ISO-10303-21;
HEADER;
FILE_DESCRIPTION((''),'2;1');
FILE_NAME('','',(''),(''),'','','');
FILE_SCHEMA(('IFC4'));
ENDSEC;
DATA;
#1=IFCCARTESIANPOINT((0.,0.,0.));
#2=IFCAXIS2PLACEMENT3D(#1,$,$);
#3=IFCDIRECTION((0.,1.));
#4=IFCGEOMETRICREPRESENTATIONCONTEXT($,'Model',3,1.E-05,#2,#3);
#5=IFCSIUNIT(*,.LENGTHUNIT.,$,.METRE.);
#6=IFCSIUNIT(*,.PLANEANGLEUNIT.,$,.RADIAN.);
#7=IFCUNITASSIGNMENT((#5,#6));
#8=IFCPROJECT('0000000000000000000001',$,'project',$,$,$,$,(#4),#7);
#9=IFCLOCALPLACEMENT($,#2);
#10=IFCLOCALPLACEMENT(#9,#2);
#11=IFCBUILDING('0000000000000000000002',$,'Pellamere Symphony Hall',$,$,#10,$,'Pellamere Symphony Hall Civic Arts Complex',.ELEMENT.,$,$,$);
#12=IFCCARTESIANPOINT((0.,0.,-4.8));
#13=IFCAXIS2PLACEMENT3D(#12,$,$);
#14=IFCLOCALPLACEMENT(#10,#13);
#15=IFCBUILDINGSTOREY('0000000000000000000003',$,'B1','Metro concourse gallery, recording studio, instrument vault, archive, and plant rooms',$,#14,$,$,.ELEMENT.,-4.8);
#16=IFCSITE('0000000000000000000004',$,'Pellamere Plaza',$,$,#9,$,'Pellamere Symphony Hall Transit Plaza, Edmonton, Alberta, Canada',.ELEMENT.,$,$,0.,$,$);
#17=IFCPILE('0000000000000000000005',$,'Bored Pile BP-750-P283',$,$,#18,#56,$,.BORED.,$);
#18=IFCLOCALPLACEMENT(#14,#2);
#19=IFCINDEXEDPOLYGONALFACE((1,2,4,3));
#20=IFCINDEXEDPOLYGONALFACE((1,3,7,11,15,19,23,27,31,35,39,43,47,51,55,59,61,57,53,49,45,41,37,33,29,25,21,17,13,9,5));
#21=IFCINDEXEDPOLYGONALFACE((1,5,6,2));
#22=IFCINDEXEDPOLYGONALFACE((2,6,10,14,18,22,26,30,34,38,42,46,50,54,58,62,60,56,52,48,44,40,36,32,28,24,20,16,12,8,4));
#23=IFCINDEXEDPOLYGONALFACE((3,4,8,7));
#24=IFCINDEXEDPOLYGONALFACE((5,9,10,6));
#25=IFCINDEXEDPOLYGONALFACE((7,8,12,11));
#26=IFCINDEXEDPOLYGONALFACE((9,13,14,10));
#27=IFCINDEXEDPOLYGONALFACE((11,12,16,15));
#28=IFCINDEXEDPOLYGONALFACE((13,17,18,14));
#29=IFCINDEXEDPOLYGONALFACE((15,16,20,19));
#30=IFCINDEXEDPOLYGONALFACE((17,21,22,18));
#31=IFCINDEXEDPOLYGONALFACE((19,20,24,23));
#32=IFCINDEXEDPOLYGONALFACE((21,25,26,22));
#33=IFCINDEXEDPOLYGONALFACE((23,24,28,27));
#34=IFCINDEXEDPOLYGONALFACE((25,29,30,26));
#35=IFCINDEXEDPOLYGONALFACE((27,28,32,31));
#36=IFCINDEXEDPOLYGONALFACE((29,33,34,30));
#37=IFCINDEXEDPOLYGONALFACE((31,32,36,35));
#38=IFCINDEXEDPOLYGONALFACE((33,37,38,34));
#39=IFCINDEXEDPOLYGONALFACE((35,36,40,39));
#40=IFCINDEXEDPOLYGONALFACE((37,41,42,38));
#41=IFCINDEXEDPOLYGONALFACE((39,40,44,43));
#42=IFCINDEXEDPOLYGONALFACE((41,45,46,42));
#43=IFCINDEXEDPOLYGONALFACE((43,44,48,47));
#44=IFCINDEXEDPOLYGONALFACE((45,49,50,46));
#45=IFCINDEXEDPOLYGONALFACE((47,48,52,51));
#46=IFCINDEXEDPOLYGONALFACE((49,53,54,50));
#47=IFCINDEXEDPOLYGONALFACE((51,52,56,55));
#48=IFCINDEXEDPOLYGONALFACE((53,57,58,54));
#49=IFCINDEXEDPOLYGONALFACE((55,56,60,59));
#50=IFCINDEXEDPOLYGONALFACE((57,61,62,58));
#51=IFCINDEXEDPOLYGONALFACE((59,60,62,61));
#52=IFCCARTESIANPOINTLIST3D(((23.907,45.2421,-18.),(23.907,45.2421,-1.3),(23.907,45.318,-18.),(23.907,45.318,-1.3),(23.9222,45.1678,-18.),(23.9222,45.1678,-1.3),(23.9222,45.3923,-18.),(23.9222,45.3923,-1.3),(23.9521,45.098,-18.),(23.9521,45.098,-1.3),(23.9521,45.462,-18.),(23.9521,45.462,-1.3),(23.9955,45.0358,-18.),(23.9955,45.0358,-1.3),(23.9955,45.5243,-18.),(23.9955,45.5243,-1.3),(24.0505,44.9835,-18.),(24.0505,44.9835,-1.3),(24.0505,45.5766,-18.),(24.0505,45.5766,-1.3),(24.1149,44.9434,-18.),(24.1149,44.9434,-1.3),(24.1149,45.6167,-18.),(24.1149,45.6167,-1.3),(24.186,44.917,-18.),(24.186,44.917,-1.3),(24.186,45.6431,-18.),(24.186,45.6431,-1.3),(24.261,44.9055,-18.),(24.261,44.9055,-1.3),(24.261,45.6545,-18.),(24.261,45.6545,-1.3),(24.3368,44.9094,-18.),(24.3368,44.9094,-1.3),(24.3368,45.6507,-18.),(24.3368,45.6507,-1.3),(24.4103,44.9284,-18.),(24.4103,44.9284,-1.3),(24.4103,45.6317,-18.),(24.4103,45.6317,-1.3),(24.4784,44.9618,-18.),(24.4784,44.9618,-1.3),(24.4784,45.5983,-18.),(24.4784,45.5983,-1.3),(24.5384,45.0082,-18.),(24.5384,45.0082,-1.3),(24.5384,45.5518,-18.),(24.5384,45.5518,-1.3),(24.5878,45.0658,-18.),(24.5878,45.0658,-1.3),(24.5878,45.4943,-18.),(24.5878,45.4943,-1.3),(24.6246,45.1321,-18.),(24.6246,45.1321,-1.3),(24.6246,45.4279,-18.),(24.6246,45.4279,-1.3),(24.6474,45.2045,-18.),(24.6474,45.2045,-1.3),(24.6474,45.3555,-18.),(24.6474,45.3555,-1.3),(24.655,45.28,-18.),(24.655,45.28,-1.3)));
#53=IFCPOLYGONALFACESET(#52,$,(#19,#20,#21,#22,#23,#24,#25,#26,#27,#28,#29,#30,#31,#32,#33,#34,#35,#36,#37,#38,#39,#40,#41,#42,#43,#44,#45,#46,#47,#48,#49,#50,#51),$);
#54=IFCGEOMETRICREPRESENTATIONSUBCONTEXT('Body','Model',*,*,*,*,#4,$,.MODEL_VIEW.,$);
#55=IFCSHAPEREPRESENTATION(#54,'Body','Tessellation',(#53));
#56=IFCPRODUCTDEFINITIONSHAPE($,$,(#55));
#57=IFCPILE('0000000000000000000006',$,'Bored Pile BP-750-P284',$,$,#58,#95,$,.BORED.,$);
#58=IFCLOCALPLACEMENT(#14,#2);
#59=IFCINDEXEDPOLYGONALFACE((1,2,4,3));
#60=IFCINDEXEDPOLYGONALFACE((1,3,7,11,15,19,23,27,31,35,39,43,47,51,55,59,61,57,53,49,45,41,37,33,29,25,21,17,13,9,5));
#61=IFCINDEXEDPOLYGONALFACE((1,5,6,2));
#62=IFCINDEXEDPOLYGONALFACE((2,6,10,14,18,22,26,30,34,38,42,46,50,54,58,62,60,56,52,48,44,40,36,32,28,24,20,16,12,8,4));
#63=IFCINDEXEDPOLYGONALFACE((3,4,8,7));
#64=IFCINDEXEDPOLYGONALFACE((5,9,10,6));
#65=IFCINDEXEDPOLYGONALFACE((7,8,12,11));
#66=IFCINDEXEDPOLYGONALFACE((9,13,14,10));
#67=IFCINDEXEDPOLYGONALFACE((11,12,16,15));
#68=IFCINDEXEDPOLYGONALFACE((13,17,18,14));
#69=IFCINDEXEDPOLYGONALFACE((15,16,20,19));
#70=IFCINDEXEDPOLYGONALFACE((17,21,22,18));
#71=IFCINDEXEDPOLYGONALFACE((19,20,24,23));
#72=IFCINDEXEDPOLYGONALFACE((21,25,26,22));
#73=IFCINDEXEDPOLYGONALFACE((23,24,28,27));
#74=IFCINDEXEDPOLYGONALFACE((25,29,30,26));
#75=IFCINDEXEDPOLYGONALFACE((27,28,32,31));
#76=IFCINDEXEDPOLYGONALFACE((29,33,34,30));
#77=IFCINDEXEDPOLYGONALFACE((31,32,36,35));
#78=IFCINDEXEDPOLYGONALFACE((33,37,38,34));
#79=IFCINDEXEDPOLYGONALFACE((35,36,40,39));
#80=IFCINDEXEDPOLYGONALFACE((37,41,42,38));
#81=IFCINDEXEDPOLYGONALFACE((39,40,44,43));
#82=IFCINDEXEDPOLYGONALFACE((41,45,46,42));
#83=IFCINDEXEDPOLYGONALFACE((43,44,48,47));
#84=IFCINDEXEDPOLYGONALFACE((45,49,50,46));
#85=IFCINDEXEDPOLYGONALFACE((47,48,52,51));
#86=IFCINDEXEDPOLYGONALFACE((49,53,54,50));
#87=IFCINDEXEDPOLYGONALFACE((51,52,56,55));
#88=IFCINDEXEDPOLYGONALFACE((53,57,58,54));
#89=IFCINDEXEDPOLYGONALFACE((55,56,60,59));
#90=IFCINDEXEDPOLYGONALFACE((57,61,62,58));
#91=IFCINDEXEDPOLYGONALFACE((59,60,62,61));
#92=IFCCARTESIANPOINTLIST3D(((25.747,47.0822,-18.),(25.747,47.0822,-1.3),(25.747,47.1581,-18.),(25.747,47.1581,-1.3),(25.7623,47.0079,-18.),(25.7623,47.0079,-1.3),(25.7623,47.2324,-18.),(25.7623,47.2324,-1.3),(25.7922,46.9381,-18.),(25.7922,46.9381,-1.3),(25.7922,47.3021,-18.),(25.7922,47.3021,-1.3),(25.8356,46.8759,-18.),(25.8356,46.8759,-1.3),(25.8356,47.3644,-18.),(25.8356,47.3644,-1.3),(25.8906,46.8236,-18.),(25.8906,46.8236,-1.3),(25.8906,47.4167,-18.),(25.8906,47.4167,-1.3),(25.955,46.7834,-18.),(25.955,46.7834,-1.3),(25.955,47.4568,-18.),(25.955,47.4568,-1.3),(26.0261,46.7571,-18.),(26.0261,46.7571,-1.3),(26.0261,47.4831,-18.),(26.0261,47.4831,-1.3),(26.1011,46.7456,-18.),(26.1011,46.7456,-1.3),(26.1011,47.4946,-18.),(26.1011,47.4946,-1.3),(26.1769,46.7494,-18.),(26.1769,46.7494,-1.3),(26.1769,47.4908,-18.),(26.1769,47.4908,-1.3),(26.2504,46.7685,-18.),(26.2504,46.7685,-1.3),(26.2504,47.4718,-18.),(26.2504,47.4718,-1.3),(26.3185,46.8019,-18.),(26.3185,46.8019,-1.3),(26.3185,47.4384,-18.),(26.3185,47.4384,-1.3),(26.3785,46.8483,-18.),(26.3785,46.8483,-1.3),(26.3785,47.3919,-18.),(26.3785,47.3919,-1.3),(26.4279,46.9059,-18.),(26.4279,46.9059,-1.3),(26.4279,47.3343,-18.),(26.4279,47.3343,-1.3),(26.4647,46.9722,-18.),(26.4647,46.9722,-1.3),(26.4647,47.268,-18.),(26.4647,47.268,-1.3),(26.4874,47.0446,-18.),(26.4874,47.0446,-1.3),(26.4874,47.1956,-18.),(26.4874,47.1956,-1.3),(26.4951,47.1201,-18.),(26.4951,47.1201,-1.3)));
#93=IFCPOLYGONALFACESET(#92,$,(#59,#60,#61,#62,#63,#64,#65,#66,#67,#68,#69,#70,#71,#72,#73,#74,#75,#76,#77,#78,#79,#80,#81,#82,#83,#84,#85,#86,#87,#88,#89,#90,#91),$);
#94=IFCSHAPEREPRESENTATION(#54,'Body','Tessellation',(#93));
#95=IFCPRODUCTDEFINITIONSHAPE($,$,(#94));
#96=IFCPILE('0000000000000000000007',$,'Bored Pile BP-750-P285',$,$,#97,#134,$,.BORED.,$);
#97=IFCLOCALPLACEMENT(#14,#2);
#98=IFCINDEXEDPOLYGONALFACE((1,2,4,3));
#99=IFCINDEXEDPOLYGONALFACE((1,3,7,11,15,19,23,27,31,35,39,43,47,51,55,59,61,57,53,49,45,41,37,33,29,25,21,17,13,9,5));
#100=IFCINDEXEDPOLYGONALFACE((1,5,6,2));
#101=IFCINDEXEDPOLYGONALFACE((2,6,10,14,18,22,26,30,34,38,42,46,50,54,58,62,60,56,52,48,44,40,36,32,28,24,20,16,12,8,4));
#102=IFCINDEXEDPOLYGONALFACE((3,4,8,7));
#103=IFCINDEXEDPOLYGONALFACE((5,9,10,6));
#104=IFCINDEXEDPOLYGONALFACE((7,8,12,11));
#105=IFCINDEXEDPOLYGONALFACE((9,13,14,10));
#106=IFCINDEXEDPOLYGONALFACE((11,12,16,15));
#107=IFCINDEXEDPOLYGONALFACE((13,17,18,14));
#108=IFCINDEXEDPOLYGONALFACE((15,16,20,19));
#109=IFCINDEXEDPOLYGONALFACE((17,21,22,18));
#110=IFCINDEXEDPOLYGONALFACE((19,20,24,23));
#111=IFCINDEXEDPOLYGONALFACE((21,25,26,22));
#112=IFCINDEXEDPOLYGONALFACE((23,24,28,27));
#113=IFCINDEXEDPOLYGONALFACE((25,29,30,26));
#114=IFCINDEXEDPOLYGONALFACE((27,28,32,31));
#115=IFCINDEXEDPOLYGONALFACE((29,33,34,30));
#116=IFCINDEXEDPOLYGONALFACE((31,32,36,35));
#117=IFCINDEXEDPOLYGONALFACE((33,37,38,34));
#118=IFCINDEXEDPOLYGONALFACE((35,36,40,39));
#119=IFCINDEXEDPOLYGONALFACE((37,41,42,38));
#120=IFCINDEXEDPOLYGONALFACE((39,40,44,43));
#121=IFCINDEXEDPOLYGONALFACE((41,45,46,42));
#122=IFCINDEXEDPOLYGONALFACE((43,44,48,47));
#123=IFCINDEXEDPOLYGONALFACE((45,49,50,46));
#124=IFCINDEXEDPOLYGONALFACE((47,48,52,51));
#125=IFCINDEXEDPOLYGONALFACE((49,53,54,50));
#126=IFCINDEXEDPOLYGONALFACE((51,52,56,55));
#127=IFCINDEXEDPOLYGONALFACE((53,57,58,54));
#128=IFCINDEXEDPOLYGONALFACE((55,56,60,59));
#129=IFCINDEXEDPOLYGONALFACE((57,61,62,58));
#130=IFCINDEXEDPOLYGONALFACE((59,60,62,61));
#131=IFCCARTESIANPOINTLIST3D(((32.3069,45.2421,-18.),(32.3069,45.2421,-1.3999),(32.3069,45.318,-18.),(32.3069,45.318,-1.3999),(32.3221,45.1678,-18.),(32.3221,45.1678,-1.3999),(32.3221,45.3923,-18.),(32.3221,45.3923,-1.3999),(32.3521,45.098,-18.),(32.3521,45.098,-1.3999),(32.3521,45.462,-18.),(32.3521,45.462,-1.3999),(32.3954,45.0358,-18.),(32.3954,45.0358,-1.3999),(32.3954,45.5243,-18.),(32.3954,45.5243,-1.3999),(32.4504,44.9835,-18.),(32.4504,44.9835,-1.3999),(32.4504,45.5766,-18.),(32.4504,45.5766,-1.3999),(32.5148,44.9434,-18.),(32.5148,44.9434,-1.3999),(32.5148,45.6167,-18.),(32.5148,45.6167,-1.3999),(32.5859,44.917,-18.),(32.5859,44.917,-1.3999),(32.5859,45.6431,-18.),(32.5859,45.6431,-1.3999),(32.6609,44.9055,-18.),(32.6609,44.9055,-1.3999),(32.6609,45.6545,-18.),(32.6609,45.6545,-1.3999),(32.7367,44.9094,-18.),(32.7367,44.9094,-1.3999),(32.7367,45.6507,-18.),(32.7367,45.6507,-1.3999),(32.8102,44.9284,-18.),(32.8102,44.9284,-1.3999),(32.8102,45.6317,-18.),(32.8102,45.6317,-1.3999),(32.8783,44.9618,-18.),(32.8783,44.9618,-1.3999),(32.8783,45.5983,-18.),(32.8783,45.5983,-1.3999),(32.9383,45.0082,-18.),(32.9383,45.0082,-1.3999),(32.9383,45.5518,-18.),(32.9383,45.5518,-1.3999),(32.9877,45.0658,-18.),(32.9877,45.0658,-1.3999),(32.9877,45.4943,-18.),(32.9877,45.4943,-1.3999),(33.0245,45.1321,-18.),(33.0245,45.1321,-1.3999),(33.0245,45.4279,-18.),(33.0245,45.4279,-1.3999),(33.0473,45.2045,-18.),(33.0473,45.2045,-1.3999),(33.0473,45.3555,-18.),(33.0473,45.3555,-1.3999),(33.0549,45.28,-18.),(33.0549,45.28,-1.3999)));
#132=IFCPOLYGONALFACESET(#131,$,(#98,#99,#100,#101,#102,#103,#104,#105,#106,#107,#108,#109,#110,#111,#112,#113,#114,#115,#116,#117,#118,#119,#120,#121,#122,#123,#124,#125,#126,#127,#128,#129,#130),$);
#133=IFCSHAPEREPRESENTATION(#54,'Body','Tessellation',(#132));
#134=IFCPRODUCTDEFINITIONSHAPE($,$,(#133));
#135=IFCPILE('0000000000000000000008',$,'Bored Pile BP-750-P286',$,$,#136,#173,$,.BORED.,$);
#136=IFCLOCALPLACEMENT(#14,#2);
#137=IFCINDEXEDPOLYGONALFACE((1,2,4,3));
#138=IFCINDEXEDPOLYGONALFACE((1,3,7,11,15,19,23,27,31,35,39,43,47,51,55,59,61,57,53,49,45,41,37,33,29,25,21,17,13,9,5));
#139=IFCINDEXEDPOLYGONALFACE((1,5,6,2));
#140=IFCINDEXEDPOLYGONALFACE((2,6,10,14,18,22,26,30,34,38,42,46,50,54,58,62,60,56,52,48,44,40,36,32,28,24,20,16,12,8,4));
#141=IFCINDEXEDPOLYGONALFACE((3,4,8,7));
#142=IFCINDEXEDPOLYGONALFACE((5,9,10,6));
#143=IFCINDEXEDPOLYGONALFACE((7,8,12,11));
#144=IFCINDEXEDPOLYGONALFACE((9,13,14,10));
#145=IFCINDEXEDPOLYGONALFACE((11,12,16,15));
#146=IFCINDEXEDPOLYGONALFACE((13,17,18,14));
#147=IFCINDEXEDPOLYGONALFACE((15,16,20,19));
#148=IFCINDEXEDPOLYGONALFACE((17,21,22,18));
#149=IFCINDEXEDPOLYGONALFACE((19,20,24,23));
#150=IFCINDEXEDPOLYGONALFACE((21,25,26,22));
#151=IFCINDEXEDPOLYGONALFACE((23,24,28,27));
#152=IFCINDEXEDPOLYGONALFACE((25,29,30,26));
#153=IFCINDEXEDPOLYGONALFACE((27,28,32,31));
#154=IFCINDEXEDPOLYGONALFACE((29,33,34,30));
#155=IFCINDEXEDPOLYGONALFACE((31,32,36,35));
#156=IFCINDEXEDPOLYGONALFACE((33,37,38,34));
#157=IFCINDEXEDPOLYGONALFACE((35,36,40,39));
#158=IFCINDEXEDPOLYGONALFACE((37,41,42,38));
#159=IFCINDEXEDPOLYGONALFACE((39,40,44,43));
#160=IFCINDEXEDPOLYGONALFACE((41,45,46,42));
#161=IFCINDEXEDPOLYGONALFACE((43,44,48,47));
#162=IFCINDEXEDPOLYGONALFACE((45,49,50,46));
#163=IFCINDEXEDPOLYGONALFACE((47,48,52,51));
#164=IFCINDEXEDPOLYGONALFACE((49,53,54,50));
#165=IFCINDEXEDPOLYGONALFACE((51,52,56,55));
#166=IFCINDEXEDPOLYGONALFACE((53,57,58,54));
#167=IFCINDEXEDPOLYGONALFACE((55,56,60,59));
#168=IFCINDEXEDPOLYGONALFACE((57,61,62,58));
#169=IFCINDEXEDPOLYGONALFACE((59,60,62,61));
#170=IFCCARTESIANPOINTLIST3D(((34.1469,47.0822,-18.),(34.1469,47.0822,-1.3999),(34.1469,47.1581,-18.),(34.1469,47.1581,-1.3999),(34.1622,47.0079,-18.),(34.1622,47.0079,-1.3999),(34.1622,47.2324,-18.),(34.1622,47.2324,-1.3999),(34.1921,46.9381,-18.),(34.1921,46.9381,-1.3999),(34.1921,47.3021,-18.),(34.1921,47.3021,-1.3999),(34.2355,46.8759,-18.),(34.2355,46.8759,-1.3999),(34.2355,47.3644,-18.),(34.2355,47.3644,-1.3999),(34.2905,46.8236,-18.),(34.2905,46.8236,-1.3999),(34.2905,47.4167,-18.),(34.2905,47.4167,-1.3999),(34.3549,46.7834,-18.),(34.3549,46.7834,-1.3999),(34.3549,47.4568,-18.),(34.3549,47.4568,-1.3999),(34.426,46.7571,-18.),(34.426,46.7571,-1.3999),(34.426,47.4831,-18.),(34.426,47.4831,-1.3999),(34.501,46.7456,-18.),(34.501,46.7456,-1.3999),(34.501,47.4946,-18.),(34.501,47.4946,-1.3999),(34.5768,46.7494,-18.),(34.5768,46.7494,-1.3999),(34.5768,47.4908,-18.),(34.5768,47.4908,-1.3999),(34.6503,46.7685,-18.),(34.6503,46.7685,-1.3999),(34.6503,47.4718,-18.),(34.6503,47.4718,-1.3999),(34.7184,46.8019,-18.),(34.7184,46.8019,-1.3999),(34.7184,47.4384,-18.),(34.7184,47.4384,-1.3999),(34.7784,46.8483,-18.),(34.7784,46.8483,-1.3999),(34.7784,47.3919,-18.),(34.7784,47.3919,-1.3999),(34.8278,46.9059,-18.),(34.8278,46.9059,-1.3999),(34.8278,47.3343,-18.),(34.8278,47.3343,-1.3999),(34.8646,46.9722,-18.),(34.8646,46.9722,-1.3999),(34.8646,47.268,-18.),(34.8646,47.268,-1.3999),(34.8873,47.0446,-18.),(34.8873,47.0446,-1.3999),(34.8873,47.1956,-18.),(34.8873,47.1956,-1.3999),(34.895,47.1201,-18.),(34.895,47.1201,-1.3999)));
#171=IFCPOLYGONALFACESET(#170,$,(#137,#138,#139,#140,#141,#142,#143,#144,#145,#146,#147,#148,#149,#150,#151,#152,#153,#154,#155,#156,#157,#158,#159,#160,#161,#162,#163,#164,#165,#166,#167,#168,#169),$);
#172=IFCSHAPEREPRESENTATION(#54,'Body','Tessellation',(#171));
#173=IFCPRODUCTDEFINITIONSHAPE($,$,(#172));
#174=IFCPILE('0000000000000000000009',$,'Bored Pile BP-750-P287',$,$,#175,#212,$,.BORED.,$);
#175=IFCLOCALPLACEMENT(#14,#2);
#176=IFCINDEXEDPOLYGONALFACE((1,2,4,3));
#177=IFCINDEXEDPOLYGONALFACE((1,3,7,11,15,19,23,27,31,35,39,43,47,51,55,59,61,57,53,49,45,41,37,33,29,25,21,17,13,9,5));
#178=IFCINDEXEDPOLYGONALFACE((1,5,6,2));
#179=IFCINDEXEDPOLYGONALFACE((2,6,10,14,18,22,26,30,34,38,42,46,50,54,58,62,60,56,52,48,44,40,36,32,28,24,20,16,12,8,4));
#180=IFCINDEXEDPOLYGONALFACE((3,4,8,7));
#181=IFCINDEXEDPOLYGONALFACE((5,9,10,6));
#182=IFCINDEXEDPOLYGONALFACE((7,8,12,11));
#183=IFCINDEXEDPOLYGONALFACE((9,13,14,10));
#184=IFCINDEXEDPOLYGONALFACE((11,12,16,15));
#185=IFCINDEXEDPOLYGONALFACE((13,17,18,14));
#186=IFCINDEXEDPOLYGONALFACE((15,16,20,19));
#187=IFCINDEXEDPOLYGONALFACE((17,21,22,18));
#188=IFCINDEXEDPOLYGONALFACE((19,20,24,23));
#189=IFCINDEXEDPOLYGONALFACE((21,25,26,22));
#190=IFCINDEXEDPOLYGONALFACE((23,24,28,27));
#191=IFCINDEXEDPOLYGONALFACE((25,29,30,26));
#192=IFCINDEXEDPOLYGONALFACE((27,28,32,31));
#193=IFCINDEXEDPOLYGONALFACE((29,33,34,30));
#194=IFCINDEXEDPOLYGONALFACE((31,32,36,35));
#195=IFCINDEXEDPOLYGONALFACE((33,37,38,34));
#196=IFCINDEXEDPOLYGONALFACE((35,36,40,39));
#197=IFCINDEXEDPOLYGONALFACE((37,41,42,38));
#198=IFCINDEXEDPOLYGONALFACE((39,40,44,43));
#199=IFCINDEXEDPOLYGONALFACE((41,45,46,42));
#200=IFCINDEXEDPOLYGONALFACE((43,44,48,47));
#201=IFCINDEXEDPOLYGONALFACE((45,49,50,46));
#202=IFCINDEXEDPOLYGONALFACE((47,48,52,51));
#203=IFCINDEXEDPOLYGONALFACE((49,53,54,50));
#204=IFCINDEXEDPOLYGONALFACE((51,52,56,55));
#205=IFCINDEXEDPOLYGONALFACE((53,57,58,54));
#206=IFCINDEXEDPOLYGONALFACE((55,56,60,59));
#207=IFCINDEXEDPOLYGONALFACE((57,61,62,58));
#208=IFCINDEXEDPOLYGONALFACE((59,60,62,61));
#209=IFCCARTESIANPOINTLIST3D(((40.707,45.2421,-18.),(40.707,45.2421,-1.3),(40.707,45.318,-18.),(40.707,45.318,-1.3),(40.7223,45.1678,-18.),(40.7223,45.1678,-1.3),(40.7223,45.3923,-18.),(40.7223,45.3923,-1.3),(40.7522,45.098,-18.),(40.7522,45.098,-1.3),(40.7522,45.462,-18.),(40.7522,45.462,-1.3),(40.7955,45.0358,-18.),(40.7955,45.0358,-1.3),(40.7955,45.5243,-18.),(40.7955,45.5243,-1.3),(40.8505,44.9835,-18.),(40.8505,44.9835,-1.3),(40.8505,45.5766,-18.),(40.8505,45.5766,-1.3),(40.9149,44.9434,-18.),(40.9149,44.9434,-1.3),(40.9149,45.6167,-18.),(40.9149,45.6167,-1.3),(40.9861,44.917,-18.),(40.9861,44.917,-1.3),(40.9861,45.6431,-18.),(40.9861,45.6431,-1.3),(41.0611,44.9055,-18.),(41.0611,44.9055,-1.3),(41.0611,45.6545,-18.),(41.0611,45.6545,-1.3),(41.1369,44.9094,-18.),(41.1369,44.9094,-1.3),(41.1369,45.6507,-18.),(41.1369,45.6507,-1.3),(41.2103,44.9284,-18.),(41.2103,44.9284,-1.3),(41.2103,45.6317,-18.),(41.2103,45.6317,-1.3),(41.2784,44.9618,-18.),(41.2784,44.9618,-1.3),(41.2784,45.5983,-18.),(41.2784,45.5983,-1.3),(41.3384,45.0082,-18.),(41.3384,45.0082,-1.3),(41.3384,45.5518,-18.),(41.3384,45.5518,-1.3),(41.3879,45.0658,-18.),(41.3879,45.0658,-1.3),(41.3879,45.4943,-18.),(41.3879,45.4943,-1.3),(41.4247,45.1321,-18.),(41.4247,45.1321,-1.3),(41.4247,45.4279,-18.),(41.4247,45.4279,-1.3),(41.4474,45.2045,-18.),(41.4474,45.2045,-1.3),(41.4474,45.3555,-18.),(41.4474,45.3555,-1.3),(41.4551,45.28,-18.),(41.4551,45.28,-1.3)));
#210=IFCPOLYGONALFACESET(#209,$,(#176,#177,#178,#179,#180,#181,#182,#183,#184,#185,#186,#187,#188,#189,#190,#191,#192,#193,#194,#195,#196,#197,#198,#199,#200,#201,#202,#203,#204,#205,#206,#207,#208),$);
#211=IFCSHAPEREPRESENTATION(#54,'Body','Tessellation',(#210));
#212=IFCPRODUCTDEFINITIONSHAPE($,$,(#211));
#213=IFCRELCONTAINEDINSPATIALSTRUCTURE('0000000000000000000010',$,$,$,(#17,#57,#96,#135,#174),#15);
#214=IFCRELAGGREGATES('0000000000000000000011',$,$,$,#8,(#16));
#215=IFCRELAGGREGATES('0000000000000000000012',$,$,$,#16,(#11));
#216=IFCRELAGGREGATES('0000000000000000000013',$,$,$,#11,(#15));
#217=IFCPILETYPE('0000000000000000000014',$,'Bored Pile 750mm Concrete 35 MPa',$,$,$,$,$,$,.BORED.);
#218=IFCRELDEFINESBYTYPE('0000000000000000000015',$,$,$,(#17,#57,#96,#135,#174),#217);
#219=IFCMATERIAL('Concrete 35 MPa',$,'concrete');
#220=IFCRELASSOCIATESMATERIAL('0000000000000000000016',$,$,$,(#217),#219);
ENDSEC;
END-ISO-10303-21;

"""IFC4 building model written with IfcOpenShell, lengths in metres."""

from ifc_helpers import new_model, si_unit, direction, frame, origin, origin_2d, place, context, subcontext, project, spatial, circle, extrude, material, material_profile, profile_set, type_object, element, save


model = new_model("IFC4")

# Units and contexts
model_context = context("Model", 3, precision=1e-05, world=origin(), true_north=direction((0.0, 1.0)))
body_context = subcontext(model_context, "Body", "Model", "MODEL_VIEW")
ifc_project = project(units=[si_unit("LENGTHUNIT", "METRE"), si_unit("PLANEANGLEUNIT", "RADIAN")], contexts=[model_context])

# Site, building, storey
site_placement = place(None, origin())
site = spatial("IfcSite", under=ifc_project, at=site_placement, Name="Pellamere Plaza", LongName="Pellamere Symphony Hall Transit Plaza, Edmonton, Alberta, Canada", CompositionType="ELEMENT", RefElevation=0.0)
building_placement = place(site_placement, origin())
building = spatial("IfcBuilding", under=site, at=building_placement, Name="Pellamere Symphony Hall", LongName="Pellamere Symphony Hall Civic Arts Complex", CompositionType="ELEMENT")
storey_placement = place(building_placement, frame((0.0, 0.0, -4.8)))
storey = spatial("IfcBuildingStorey", under=building, at=storey_placement, Name="B1", Description="Metro concourse gallery, recording studio, instrument vault, archive, and plant rooms", CompositionType="ELEMENT", Elevation=-4.8)

# Piles
ifc_material_1 = material(Name="Concrete 35 MPa", Category="concrete")
ifc_material_profile_1 = material_profile(ifc_material_1, circle(Radius=0.375, at=origin_2d()), Name="PILE D750")
ifc_profile_set_1 = profile_set([ifc_material_profile_1], Name="Concrete 35 MPa")
pile_type = type_object("IfcPileType", Name="Bored Pile 750mm Concrete 35 MPa", PredefinedType="BORED", material=ifc_profile_set_1)
for number, where, z_axis, x_axis, name in (
    (1, (24.28, 45.28, -1.3), (0.0, 0.0, -1.0), (1.0, 0.0, 0.0), "Bored Pile BP-750-P283"),
    (2, (26.1201, 47.1201, -1.3), (0.0, 0.0, -1.0), (1.0, 0.0, 0.0), "Bored Pile BP-750-P284"),
):
    element("IfcPile", number, at=place(storey_placement, frame(where, z_axis=z_axis, x_axis=x_axis)), inside=storey, type_object=pile_type, Name=name, PredefinedType="BORED", context=body_context, shape_type="SweptSolid", body=[
        extrude(circle(Radius=0.375, at=origin_2d()), origin(), (0.0, 0.0, 1.0), 16.7),
    ])
for number, where, z_axis, x_axis, name in (
    (3, (32.6799, 45.28, -1.3999), (0.0, 0.0, -1.0), (1.0, 0.0, 0.0), "Bored Pile BP-750-P285"),
    (4, (34.52, 47.1201, -1.3999), (0.0, 0.0, -1.0), (1.0, 0.0, 0.0), "Bored Pile BP-750-P286"),
):
    element("IfcPile", number, at=place(storey_placement, frame(where, z_axis=z_axis, x_axis=x_axis)), inside=storey, type_object=pile_type, Name=name, PredefinedType="BORED", context=body_context, shape_type="SweptSolid", body=[
        extrude(circle(Radius=0.375, at=origin_2d()), origin(), (0.0, 0.0, 1.0), 16.6001),
    ])
pile_1_placement = place(storey_placement, frame((41.0801, 45.28, -1.3), z_axis=(0.0, 0.0, -1.0), x_axis=(1.0, 0.0, 0.0)))
element("IfcPile", 5, at=pile_1_placement, inside=storey, type_object=pile_type, Name="Bored Pile BP-750-P287", PredefinedType="BORED", context=body_context, shape_type="SweptSolid", body=[
    extrude(circle(Radius=0.375, at=origin_2d()), origin(), (0.0, 0.0, 1.0), 16.7),
])

save(model, "model.ifc")
